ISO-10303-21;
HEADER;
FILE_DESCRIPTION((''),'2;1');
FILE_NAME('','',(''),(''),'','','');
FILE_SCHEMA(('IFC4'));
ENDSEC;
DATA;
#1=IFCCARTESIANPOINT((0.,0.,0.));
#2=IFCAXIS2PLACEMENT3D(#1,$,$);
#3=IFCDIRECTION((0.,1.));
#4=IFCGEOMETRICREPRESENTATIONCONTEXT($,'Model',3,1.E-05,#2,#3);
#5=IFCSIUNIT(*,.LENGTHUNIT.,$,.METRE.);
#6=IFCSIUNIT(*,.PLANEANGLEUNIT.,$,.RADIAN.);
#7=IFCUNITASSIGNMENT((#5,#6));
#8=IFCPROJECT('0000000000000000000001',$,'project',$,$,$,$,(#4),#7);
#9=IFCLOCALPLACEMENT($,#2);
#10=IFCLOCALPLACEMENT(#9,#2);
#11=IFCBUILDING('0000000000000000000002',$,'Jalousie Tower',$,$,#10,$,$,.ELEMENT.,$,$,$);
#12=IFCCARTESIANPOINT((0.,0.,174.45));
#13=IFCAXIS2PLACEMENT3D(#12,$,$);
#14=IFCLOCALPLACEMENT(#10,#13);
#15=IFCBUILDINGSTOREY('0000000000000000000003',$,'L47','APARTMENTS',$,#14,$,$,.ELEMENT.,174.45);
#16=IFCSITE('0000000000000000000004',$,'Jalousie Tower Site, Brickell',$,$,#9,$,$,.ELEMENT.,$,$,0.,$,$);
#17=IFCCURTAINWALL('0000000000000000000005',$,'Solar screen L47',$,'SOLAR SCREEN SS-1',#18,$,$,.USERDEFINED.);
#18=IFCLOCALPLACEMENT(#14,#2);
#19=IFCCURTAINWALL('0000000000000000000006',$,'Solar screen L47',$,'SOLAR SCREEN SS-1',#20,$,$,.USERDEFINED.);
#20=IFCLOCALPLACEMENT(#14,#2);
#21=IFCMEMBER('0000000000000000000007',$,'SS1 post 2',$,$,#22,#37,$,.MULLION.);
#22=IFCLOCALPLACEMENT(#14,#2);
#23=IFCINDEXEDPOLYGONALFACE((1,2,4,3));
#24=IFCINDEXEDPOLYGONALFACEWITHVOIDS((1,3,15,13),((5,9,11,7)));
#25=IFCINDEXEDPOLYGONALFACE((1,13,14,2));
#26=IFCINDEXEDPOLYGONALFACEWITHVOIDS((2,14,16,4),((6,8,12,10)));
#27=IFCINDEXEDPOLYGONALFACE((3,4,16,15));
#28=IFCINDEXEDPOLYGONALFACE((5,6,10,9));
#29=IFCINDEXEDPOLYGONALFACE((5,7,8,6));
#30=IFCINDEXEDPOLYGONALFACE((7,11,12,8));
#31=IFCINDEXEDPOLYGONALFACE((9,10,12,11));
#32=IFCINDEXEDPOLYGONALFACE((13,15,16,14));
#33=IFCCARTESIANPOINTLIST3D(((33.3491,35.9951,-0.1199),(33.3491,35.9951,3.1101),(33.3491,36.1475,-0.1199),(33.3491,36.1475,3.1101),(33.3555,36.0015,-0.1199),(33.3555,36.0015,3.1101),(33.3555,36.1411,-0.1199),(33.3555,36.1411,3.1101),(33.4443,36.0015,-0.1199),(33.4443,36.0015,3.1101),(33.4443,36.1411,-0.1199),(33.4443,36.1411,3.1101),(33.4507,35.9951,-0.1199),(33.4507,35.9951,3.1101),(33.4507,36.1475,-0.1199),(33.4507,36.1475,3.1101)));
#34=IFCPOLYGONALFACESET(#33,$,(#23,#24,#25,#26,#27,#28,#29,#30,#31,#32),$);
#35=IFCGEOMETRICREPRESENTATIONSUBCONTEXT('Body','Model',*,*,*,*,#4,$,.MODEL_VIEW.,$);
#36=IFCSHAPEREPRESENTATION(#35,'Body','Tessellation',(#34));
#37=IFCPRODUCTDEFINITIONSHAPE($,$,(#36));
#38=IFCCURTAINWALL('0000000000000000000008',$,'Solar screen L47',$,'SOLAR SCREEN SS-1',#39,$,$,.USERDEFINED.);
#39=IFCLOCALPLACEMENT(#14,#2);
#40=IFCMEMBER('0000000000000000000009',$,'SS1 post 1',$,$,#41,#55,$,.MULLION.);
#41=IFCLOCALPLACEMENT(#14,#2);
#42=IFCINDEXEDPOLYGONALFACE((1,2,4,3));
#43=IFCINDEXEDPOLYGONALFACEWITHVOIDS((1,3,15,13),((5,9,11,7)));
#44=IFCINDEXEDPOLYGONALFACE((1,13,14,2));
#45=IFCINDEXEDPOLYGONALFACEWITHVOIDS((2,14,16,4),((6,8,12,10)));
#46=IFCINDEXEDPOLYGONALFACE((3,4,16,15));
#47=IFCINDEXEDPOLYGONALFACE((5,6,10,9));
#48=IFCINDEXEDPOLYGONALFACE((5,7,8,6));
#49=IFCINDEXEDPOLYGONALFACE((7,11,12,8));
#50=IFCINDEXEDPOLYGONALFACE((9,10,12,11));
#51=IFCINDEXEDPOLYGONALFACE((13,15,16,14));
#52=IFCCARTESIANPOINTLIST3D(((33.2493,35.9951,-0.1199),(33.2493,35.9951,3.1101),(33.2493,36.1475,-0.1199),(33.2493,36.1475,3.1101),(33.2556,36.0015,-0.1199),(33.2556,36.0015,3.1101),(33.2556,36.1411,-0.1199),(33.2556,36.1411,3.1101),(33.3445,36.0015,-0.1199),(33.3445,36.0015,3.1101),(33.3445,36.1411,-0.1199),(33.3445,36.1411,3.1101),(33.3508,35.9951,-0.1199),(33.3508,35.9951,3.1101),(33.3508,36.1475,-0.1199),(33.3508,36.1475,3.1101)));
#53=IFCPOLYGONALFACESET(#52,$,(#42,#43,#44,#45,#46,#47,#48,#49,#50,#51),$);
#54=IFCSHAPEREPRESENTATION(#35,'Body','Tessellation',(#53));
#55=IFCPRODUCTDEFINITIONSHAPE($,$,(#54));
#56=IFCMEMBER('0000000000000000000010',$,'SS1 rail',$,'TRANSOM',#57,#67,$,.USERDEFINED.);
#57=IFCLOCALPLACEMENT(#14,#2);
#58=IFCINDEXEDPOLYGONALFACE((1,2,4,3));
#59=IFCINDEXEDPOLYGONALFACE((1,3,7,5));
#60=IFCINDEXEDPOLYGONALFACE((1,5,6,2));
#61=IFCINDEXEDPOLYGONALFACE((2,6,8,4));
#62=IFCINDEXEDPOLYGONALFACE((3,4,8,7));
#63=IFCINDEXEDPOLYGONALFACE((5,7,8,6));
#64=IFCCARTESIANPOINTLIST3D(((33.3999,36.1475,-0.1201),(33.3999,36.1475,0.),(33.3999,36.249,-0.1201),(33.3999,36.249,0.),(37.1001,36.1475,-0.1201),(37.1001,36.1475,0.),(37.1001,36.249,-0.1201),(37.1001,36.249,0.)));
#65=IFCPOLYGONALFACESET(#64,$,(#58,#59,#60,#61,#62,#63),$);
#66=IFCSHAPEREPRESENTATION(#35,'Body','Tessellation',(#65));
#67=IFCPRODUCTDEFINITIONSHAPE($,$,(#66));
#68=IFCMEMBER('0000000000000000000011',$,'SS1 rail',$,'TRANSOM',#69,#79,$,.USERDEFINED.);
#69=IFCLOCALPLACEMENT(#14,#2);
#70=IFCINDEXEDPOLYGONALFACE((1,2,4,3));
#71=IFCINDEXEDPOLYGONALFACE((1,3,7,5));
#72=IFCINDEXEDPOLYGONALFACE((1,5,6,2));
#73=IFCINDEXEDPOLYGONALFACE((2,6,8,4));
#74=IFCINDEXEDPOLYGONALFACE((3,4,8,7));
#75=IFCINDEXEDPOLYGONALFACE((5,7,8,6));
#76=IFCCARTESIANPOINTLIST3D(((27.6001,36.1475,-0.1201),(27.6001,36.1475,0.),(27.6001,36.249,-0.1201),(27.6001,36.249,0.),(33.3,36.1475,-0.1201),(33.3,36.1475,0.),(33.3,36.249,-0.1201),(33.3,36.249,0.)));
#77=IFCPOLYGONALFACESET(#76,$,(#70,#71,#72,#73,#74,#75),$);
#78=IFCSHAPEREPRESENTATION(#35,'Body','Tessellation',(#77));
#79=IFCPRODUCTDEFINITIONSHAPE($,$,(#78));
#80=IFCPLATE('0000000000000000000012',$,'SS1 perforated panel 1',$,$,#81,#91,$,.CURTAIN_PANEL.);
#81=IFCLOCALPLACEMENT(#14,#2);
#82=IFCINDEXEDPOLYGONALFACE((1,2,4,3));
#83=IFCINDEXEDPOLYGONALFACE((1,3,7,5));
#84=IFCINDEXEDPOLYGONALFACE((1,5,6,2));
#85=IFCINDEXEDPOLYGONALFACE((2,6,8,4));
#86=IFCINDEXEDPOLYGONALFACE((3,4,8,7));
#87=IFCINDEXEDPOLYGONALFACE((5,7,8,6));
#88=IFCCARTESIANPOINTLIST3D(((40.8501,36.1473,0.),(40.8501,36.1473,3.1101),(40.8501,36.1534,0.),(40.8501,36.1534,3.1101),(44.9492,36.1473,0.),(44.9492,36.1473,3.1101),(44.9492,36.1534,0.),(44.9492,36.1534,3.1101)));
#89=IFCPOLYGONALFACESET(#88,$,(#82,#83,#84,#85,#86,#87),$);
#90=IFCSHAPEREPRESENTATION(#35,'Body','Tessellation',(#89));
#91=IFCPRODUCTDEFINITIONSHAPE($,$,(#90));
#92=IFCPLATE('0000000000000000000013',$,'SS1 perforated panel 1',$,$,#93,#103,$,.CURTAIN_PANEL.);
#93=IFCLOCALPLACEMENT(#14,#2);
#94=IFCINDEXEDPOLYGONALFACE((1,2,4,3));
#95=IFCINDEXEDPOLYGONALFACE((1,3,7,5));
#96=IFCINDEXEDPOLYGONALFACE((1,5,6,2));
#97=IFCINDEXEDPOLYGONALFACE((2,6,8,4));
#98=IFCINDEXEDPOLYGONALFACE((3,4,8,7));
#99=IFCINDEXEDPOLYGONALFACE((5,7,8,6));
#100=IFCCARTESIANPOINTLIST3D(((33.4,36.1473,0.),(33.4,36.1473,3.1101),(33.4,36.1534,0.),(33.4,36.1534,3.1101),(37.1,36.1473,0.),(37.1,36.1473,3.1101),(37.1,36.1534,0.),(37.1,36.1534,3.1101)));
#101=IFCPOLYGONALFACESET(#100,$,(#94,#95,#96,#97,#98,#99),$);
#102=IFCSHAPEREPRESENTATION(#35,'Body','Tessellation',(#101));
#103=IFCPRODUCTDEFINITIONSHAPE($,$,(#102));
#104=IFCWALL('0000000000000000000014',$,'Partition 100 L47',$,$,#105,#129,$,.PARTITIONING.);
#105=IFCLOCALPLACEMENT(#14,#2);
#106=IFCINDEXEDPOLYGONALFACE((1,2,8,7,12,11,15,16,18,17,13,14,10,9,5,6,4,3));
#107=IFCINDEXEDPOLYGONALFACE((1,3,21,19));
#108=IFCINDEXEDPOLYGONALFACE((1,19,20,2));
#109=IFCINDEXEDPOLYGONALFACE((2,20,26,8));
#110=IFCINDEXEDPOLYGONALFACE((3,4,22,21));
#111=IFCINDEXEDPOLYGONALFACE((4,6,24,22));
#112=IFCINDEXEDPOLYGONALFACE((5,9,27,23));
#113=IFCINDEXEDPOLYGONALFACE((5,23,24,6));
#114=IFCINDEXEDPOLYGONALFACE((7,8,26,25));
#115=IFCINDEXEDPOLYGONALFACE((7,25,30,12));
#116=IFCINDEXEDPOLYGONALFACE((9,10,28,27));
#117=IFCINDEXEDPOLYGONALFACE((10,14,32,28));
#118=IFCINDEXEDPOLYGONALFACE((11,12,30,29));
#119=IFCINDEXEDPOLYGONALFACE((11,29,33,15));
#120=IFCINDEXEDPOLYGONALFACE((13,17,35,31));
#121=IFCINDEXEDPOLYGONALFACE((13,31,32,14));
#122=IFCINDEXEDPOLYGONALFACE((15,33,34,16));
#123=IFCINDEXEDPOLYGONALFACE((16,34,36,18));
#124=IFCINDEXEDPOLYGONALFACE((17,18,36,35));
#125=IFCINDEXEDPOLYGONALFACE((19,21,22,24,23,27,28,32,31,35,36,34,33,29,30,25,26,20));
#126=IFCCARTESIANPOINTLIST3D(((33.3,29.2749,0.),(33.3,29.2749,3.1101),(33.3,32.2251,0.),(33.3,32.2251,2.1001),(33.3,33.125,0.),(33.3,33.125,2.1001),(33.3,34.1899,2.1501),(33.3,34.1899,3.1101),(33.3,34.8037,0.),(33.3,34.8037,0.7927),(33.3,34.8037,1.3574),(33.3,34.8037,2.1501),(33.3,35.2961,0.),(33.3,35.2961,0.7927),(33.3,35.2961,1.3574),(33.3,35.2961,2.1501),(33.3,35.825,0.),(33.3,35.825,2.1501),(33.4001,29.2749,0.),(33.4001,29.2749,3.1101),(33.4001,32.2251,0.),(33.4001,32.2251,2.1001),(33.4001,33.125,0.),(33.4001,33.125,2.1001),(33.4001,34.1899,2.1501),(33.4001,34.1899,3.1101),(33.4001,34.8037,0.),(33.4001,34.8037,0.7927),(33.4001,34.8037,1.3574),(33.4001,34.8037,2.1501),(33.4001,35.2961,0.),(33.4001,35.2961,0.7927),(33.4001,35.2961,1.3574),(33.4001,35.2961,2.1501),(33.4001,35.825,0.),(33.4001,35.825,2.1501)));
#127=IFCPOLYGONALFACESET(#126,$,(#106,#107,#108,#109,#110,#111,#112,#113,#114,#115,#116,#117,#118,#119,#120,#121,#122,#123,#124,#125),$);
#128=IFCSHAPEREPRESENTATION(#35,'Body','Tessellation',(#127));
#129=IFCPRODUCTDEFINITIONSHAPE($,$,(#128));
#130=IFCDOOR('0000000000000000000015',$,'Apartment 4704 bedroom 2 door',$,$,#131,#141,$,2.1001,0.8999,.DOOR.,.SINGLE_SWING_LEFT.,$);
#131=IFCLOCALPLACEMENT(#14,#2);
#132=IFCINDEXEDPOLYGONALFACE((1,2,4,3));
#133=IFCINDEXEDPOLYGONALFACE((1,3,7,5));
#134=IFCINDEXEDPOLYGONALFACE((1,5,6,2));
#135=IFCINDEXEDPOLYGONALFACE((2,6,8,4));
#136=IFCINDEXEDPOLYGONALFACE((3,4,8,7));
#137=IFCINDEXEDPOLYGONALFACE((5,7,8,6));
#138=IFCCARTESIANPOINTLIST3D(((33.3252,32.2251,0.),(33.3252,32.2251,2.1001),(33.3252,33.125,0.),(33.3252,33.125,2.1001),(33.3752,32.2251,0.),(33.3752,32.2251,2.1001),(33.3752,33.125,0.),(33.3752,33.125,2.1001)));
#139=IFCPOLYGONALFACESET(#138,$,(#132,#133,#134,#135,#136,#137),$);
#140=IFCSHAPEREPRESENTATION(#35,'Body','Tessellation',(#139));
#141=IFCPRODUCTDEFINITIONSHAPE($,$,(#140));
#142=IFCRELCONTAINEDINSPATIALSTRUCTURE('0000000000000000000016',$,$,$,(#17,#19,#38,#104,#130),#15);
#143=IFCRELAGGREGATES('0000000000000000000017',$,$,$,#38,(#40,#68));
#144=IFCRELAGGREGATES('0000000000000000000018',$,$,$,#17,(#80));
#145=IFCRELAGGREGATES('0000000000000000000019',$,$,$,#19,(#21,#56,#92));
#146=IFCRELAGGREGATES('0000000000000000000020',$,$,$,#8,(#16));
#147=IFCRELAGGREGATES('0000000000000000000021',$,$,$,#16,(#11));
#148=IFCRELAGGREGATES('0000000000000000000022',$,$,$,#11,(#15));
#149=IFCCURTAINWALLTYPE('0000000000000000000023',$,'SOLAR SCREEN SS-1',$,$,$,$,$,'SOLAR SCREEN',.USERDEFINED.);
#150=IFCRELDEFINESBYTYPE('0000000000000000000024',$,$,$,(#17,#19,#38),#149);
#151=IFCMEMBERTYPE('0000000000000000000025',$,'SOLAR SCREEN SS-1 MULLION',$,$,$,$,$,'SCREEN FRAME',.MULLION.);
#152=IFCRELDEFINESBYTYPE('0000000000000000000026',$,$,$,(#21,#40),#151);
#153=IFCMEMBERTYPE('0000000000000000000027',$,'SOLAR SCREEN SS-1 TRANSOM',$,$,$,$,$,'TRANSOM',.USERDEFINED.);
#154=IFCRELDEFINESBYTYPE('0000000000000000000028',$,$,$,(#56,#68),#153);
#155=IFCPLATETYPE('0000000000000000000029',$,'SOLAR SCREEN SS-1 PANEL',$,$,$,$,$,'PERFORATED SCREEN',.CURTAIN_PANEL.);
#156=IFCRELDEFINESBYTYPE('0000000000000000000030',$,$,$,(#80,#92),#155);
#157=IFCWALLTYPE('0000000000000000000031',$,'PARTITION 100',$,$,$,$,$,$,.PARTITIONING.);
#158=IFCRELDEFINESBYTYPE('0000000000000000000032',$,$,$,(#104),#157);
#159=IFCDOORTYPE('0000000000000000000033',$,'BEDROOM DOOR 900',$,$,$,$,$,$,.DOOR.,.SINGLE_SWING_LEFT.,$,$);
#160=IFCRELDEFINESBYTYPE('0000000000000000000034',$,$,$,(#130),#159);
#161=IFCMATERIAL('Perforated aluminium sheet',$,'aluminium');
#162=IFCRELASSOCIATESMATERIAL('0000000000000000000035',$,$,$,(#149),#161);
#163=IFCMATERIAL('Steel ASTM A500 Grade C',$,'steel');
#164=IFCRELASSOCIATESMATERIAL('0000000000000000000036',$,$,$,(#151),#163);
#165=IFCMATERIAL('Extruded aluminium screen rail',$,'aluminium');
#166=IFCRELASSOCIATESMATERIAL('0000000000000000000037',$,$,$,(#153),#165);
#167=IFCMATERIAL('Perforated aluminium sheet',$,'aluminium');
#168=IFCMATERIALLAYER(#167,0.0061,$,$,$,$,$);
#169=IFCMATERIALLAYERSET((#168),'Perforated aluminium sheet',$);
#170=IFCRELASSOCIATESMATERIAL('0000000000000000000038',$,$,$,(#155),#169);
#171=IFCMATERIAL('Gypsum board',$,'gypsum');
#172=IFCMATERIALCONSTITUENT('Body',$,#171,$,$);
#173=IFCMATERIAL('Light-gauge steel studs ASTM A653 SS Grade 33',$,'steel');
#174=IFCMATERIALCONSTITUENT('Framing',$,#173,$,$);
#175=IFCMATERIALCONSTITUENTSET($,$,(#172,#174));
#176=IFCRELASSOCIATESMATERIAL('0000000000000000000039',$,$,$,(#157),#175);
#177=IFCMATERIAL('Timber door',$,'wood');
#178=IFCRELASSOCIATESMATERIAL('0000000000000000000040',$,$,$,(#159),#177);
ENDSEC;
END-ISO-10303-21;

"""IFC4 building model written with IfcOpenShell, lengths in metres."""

from ifc_helpers import new_model, si_unit, direction, frame, frame_2d, origin, origin_2d, place, context, subcontext, project, spatial, polyline, rectangle, hollow_rectangle, outline, extrude, material, layer, layer_set, constituent, constituent_set, material_profile, profile_set, type_object, element, fill, aggregate, save


model = new_model("IFC4")

# Units and contexts
model_context = context("Model", 3, precision=1e-05, world=origin(), true_north=direction((0.0, 1.0)))
body_context = subcontext(model_context, "Body", "Model", "MODEL_VIEW")
ifc_project = project(units=[si_unit("LENGTHUNIT", "METRE"), si_unit("PLANEANGLEUNIT", "RADIAN")], contexts=[model_context])

# Site, building, storey
site_placement = place(None, origin())
site = spatial("IfcSite", under=ifc_project, at=site_placement, Name="Jalousie Tower Site, Brickell", CompositionType="ELEMENT", RefElevation=0.0)
building_placement = place(site_placement, origin())
building = spatial("IfcBuilding", under=site, at=building_placement, Name="Jalousie Tower", CompositionType="ELEMENT")
storey_placement = place(building_placement, frame((0.0, 0.0, 174.45)))
storey = spatial("IfcBuildingStorey", under=building, at=storey_placement, Name="L47", Description="APARTMENTS", CompositionType="ELEMENT", Elevation=174.45)

# Curtain walls, member
ifc_material_1 = material(Name="Perforated aluminium sheet", Category="aluminium")
curtain_wall_type = type_object("IfcCurtainWallType", Name="SOLAR SCREEN SS-1", ElementType="SOLAR SCREEN", PredefinedType="USERDEFINED", material=ifc_material_1)
curtain_wall_1_placement = place(storey_placement, origin())
curtain_wall_1 = element("IfcCurtainWall", 1, at=curtain_wall_1_placement, inside=storey, type_object=curtain_wall_type, Name="Solar screen L47", ObjectType="SOLAR SCREEN SS-1", PredefinedType="USERDEFINED")
ifc_material_2 = material(Name="Steel ASTM A500 Grade C", Category="steel")
ifc_material_profile_1 = material_profile(ifc_material_2, hollow_rectangle(XDim=0.1016, YDim=0.1523, WallThickness=0.0063, at=origin_2d()), Name="HSS6X4X1/4")
ifc_profile_set_1 = profile_set([ifc_material_profile_1], Name="Steel ASTM A500 Grade C")
member_type_1 = type_object("IfcMemberType", Name="SOLAR SCREEN SS-1 MULLION", ElementType="SCREEN FRAME", PredefinedType="MULLION", material=ifc_profile_set_1)
curtain_wall_2_placement = place(storey_placement, origin())
curtain_wall_2 = element("IfcCurtainWall", 2, at=curtain_wall_2_placement, inside=storey, type_object=curtain_wall_type, Name="Solar screen L47", ObjectType="SOLAR SCREEN SS-1", PredefinedType="USERDEFINED")
member_1_placement = place(storey_placement, frame((33.3999, 36.0713, -0.1199), z_axis=(0.0, 0.0, 1.0), x_axis=(-1.0, 0.0, 0.0)))
member_1 = element("IfcMember", 3, at=member_1_placement, type_object=member_type_1, Name="SS1 post 2", PredefinedType="MULLION", context=body_context, shape_type="SweptSolid", body=[
    extrude(hollow_rectangle(XDim=0.1016, YDim=0.1523, WallThickness=0.0063, at=origin_2d()), origin(), (0.0, 0.0, 1.0), 3.23),
])

# Curtain wall, member
curtain_wall_3_placement = place(storey_placement, origin())
curtain_wall_3 = element("IfcCurtainWall", 4, at=curtain_wall_3_placement, inside=storey, type_object=curtain_wall_type, Name="Solar screen L47", ObjectType="SOLAR SCREEN SS-1", PredefinedType="USERDEFINED")
member_2_placement = place(storey_placement, frame((33.3, 36.0713, -0.1199), z_axis=(0.0, 0.0, 1.0), x_axis=(-1.0, 0.0, 0.0)))
member_2 = element("IfcMember", 5, at=member_2_placement, type_object=member_type_1, Name="SS1 post 1", PredefinedType="MULLION", context=body_context, shape_type="SweptSolid", body=[
    extrude(hollow_rectangle(XDim=0.1016, YDim=0.1523, WallThickness=0.0063, at=origin_2d()), origin(), (0.0, 0.0, 1.0), 3.23),
])

# Members
ifc_material_3 = material(Name="Extruded aluminium screen rail", Category="aluminium")
ifc_material_profile_2 = material_profile(ifc_material_3, rectangle(XDim=0.1016, YDim=0.1201, at=origin_2d()), Name="RAIL 102x120")
ifc_profile_set_2 = profile_set([ifc_material_profile_2], Name="Extruded aluminium screen rail")
member_type_2 = type_object("IfcMemberType", Name="SOLAR SCREEN SS-1 TRANSOM", ElementType="TRANSOM", PredefinedType="USERDEFINED", material=ifc_profile_set_2)
member_3_placement = place(storey_placement, frame((37.1001, 36.1982, -0.0601), z_axis=(-1.0, 0.0, 0.0), x_axis=(0.0, -1.0, 0.0)))
member_3 = element("IfcMember", 6, at=member_3_placement, type_object=member_type_2, Name="SS1 rail", ObjectType="TRANSOM", PredefinedType="USERDEFINED", context=body_context, shape_type="SweptSolid", body=[
    extrude(rectangle(XDim=0.1016, YDim=0.1201, at=origin_2d()), origin(), (0.0, 0.0, 1.0), 3.7002),
])
member_4_placement = place(storey_placement, frame((33.3, 36.1982, -0.0601), z_axis=(-1.0, 0.0, 0.0), x_axis=(0.0, -1.0, 0.0)))
member_4 = element("IfcMember", 7, at=member_4_placement, type_object=member_type_2, Name="SS1 rail", ObjectType="TRANSOM", PredefinedType="USERDEFINED", context=body_context, shape_type="SweptSolid", body=[
    extrude(rectangle(XDim=0.1016, YDim=0.1201, at=origin_2d()), origin(), (0.0, 0.0, 1.0), 5.7),
])
aggregate(curtain_wall_3, [member_2, member_4])

# Plates
ifc_material_4 = material(Name="Perforated aluminium sheet", Category="aluminium")
ifc_layer_1 = layer(ifc_material_4, 0.0061)
ifc_layer_set_1 = layer_set([ifc_layer_1], Name="Perforated aluminium sheet")
plate_type = type_object("IfcPlateType", Name="SOLAR SCREEN SS-1 PANEL", ElementType="PERFORATED SCREEN", PredefinedType="CURTAIN_PANEL", material=ifc_layer_set_1)
plate_1_placement = place(storey_placement, frame((42.8997, 36.1504, 0.0), z_axis=(0.0, 0.0, 1.0), x_axis=(-1.0, 0.0, 0.0)))
plate_1 = element("IfcPlate", 8, at=plate_1_placement, type_object=plate_type, Name="SS1 perforated panel 1", PredefinedType="CURTAIN_PANEL", context=body_context, shape_type="SweptSolid", body=[
    extrude(rectangle(XDim=4.0991, YDim=0.0061, at=origin_2d()), origin(), (0.0, 0.0, 1.0), 3.1101),
])
aggregate(curtain_wall_1, [plate_1])
plate_2_placement = place(storey_placement, frame((35.25, 36.1504, 0.0), z_axis=(0.0, 0.0, 1.0), x_axis=(-1.0, 0.0, 0.0)))
plate_2 = element("IfcPlate", 9, at=plate_2_placement, type_object=plate_type, Name="SS1 perforated panel 1", PredefinedType="CURTAIN_PANEL", context=body_context, shape_type="SweptSolid", body=[
    extrude(rectangle(XDim=3.7, YDim=0.0061, at=origin_2d()), origin(), (0.0, 0.0, 1.0), 3.1101),
])
aggregate(curtain_wall_2, [member_1, member_3, plate_2])

# Wall, opening, door
ifc_material_5 = material(Name="Gypsum board", Category="gypsum")
ifc_constituent_1 = constituent(ifc_material_5, Name="Body")
ifc_material_6 = material(Name="Light-gauge steel studs ASTM A653 SS Grade 33", Category="steel")
ifc_constituent_2 = constituent(ifc_material_6, Name="Framing")
ifc_constituent_set = constituent_set(constituents=[ifc_constituent_1, ifc_constituent_2])
wall_type_1 = type_object("IfcWallType", Name="PARTITION 100", PredefinedType="PARTITIONING", material=ifc_constituent_set)
wall_1_placement = place(storey_placement, frame((33.3501, 35.825, 0.0), z_axis=(0.0, 0.0, 1.0), x_axis=(0.0, -1.0, 0.0)))
wall_1 = element("IfcWall", 10, at=wall_1_placement, inside=storey, type_object=wall_type_1, Name="Partition 100 L47", PredefinedType="PARTITIONING", context=body_context, shape_type="SweptSolid", body=[
    extrude(outline(polyline([(0.5288, 2.1501), (0.0, 2.1501), (0.0, 0.0), (0.5288, 0.0), (0.5288, 0.7927), (1.0212, 0.7927), (1.0212, 0.0), (6.55, 0.0), (6.55, 3.1101), (1.635, 3.1101), (1.635, 2.1501), (1.0212, 2.1501), (1.0212, 1.3574), (0.5288, 1.3574), (0.5288, 2.1501)])), frame((0.0, 0.05, 0.0), z_axis=(0.0, -1.0, 0.0), x_axis=(1.0, 0.0, 0.0)), (0.0, 0.0, 1.0), 0.1001),
])
opening_1_placement = place(wall_1_placement, frame((2.7, 0.0, 0.0)))
opening_1 = element("IfcOpeningElement", 11, at=opening_1_placement, cuts=wall_1, PredefinedType="OPENING", context=body_context, shape_type="SweptSolid", body=[
    extrude(rectangle(XDim=0.8999, YDim=2.1001, at=frame_2d((0.45, 1.05))), frame((0.0, 0.0601, 0.0), z_axis=(0.0, -1.0, 0.0), x_axis=(1.0, 0.0, 0.0)), (0.0, 0.0, 1.0), 0.1201),
])
ifc_material_7 = material(Name="Timber door", Category="wood")
door_type_1 = type_object("IfcDoorType", Name="BEDROOM DOOR 900", OperationType="SINGLE_SWING_LEFT", PredefinedType="DOOR", material=ifc_material_7)
door_1_placement = place(opening_1_placement, frame((0.8999, 0.0, 0.0), z_axis=(0.0, 0.0, 1.0), x_axis=(-1.0, 0.0, 0.0)))
door_1 = element("IfcDoor", 12, at=door_1_placement, inside=storey, type_object=door_type_1, Name="Apartment 4704 bedroom 2 door", OperationType="SINGLE_SWING_LEFT", OverallHeight=2.1001, OverallWidth=0.8999, PredefinedType="DOOR", context=body_context, shape_type="SweptSolid", body=[
    extrude(rectangle(XDim=0.8999, YDim=2.1001, at=frame_2d((0.45, 1.05))), frame((0.0, 0.0249, 0.0), z_axis=(0.0, -1.0, 0.0), x_axis=(1.0, 0.0, 0.0)), (0.0, 0.0, 1.0), 0.05),
])
fill(opening_1, door_1)

save(model, "model.ifc")
